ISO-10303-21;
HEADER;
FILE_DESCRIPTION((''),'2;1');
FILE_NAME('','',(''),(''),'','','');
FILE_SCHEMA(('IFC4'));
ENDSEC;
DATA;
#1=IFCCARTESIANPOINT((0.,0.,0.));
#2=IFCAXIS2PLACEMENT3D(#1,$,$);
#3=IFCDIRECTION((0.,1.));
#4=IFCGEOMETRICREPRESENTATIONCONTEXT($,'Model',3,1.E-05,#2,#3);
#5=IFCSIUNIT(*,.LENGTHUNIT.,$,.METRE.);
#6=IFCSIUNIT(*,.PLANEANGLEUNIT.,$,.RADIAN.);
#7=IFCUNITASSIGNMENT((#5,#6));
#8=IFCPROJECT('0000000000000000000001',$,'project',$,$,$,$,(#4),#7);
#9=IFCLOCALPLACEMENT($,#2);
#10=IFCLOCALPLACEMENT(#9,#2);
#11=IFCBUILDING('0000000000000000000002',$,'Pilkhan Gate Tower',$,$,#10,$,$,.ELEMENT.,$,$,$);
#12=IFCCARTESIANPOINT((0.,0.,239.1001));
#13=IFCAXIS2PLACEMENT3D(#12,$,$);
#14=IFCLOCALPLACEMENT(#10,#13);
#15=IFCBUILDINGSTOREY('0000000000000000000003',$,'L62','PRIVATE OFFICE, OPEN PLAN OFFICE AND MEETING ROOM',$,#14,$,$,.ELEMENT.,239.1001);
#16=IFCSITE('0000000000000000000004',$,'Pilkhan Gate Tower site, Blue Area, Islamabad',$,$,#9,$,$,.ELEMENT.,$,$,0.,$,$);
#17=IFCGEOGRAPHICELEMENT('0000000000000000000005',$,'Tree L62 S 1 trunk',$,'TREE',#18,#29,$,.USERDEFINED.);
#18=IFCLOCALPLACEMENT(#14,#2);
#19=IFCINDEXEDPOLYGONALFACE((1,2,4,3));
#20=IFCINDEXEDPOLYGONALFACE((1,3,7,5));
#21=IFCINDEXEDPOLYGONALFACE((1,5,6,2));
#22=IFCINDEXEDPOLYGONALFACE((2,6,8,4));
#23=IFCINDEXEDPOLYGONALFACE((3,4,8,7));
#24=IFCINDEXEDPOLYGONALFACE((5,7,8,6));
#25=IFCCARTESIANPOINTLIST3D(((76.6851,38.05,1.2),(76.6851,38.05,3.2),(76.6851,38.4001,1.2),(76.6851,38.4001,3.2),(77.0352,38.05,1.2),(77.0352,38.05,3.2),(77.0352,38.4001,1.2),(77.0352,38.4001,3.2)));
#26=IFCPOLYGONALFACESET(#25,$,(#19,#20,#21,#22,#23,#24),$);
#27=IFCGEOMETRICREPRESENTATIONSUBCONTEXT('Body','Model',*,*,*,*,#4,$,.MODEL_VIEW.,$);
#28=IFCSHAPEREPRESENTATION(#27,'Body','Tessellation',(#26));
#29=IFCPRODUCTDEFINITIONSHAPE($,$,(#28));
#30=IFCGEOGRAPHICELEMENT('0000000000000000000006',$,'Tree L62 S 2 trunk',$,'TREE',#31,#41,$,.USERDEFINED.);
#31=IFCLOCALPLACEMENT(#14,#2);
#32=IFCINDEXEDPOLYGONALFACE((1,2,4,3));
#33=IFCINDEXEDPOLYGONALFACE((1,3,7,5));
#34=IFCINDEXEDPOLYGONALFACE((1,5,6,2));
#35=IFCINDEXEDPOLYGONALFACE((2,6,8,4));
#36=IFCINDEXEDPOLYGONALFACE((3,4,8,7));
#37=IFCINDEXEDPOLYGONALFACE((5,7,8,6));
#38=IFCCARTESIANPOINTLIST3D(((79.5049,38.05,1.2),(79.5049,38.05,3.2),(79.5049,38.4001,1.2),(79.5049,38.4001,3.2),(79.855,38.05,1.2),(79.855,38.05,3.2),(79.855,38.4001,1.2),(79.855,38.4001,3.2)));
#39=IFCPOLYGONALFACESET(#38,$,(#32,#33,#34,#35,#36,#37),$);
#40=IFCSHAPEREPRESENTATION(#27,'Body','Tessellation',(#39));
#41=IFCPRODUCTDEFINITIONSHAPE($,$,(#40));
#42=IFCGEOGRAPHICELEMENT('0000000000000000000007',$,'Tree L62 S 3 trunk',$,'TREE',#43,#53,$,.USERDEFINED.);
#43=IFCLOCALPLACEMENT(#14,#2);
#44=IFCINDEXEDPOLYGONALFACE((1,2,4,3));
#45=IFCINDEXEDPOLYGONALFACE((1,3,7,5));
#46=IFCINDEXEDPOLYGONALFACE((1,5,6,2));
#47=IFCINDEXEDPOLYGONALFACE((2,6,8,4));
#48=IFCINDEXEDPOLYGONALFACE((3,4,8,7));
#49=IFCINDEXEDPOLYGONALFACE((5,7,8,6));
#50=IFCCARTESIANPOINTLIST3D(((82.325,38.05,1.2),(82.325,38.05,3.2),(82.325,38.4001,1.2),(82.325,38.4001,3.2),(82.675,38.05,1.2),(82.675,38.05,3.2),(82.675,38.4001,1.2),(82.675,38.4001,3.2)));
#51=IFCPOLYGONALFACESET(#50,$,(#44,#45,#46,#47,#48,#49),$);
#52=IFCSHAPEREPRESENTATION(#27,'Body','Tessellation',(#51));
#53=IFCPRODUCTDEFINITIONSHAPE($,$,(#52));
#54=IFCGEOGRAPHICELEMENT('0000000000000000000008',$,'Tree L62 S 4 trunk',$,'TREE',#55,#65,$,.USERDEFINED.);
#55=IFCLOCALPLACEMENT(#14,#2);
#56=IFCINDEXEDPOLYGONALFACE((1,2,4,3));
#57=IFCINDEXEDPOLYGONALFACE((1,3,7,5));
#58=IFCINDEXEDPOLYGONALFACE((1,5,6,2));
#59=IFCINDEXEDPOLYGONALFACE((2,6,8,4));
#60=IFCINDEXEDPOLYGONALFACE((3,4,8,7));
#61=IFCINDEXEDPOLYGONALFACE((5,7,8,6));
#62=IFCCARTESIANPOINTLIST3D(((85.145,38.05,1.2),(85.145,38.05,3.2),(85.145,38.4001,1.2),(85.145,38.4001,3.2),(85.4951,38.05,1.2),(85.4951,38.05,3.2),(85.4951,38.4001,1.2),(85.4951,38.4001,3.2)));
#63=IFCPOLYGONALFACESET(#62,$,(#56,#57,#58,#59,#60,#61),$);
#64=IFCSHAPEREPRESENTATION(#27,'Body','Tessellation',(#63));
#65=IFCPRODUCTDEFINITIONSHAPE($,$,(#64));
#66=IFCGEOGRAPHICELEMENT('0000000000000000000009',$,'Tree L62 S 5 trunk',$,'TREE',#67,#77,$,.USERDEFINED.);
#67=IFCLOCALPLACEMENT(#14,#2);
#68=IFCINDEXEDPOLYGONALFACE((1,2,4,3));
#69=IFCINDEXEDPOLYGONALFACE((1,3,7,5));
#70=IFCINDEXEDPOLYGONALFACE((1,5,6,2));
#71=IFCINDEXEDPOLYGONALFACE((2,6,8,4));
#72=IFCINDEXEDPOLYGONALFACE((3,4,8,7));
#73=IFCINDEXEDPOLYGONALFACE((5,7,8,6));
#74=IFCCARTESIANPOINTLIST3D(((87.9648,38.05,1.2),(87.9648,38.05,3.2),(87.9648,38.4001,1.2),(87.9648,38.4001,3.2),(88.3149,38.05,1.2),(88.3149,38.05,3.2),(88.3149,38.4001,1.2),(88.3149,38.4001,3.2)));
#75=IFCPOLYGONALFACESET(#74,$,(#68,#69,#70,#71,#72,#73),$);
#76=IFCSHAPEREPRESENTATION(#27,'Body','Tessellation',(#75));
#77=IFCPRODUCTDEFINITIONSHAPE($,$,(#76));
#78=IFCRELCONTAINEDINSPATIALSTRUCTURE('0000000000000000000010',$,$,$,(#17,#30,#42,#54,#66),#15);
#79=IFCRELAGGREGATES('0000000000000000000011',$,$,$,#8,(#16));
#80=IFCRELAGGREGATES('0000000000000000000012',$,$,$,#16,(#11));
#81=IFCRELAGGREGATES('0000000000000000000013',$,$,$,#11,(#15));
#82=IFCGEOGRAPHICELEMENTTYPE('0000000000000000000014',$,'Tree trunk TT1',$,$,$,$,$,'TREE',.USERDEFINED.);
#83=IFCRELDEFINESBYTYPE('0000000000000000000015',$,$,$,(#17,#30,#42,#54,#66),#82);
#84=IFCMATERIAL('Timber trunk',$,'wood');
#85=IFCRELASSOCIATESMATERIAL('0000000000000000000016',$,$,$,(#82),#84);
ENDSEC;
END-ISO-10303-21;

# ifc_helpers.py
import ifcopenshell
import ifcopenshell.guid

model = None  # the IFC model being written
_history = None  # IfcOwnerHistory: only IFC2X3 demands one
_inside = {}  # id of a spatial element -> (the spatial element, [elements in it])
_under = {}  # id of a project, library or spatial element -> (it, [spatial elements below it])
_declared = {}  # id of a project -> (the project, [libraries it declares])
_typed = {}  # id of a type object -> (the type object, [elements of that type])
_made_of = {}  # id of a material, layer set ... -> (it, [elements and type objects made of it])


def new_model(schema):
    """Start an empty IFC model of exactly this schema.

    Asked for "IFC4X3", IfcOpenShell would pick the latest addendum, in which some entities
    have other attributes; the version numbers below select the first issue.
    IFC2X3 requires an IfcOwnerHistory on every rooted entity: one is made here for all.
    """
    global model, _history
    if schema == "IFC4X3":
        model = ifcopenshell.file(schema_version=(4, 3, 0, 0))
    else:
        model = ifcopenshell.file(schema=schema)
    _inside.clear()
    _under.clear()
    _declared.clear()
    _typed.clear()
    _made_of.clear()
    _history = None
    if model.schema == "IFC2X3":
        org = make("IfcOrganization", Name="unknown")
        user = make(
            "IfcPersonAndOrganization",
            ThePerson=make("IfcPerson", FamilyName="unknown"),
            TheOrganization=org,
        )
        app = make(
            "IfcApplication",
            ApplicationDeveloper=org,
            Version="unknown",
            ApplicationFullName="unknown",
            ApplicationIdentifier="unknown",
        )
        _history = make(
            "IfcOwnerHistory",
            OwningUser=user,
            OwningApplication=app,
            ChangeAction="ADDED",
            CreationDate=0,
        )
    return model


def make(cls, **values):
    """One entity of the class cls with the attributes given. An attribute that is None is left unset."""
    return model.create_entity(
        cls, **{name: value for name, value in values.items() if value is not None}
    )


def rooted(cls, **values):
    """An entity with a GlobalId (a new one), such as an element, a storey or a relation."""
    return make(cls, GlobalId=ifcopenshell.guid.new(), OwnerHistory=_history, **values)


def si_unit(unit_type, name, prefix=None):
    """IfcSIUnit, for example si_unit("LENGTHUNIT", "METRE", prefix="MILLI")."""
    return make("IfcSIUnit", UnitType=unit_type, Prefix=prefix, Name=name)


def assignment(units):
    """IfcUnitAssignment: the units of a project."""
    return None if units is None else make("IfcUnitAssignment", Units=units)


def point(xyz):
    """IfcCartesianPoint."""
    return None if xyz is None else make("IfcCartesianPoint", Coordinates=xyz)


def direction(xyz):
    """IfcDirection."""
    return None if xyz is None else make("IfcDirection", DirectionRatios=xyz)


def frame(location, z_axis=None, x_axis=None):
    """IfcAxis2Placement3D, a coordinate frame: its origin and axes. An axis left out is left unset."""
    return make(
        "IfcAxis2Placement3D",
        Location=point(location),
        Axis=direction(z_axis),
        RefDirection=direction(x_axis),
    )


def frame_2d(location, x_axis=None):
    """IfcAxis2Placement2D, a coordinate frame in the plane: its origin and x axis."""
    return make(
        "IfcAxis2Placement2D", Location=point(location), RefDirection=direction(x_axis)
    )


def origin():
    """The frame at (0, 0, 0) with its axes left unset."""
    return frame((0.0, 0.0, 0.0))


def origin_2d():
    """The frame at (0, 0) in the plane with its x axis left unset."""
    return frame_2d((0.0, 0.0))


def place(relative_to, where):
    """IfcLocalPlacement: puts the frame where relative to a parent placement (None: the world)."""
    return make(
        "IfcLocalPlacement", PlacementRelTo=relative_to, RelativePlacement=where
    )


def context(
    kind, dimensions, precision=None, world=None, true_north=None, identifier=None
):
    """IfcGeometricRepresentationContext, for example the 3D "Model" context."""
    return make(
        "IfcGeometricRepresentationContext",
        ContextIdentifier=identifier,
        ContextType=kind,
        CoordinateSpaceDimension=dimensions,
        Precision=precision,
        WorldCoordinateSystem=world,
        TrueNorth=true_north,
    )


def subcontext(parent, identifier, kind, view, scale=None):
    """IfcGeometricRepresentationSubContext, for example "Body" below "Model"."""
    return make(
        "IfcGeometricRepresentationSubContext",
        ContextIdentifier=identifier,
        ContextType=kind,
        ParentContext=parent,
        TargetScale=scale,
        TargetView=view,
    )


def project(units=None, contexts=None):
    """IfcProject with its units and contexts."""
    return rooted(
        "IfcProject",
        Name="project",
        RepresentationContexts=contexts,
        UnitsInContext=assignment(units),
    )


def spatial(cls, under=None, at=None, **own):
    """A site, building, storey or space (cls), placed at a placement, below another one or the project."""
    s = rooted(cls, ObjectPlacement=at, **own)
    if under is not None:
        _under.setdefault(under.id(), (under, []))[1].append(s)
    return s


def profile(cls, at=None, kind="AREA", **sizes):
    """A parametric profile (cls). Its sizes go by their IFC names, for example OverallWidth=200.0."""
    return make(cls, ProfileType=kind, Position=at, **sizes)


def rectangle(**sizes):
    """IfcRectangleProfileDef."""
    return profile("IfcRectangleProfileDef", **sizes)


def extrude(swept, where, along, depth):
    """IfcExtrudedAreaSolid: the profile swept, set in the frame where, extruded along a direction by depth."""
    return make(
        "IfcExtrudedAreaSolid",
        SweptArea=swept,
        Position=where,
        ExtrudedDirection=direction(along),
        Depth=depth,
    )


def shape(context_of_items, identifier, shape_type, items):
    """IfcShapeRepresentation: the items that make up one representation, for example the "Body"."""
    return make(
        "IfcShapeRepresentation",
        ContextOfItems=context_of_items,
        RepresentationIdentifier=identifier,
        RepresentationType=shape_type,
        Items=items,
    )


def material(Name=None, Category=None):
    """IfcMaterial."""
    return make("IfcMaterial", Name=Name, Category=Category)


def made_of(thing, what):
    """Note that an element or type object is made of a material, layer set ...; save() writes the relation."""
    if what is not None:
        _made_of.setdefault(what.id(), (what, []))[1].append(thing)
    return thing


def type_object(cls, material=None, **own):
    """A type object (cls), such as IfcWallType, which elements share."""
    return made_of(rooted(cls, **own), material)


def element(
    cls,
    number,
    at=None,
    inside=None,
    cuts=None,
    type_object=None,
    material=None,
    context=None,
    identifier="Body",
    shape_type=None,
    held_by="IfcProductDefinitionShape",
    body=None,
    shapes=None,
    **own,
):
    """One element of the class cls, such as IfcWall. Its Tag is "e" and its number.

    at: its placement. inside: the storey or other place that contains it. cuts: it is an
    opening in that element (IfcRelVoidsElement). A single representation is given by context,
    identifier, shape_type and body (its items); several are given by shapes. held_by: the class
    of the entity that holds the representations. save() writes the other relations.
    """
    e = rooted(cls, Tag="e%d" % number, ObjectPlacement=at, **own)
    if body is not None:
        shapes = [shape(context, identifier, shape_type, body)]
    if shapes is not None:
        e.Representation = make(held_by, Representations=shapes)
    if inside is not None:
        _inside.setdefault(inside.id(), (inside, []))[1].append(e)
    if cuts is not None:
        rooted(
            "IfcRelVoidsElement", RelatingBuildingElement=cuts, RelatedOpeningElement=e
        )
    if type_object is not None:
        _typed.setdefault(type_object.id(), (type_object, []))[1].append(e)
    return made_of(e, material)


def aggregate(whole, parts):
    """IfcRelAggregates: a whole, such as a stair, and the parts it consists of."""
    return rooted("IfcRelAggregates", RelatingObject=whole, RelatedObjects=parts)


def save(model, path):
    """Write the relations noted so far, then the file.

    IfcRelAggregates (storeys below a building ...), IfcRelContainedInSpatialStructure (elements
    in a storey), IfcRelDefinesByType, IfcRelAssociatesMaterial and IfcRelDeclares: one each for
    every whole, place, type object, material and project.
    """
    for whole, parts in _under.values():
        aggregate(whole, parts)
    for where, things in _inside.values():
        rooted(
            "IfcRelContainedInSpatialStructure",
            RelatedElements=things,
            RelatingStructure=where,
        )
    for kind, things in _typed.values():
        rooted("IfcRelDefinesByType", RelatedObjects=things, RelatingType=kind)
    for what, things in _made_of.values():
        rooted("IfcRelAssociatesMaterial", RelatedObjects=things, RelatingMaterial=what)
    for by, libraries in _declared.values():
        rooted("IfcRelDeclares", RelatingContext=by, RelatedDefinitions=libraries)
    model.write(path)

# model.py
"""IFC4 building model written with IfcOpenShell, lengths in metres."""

from ifc_helpers import new_model, si_unit, direction, frame, origin, origin_2d, place, context, subcontext, project, spatial, rectangle, extrude, material, type_object, element, save


model = new_model("IFC4")

# Units and contexts
model_context = context("Model", 3, precision=1e-05, world=origin(), true_north=direction((0.0, 1.0)))
body_context = subcontext(model_context, "Body", "Model", "MODEL_VIEW")
ifc_project = project(units=[si_unit("LENGTHUNIT", "METRE"), si_unit("PLANEANGLEUNIT", "RADIAN")], contexts=[model_context])

# Site, building, storey
site_placement = place(None, origin())
site = spatial("IfcSite", under=ifc_project, at=site_placement, Name="Pilkhan Gate Tower site, Blue Area, Islamabad", CompositionType="ELEMENT", RefElevation=0.0)
building_placement = place(site_placement, origin())
building = spatial("IfcBuilding", under=site, at=building_placement, Name="Pilkhan Gate Tower", CompositionType="ELEMENT")
storey_placement = place(building_placement, frame((0.0, 0.0, 239.1001)))
storey = spatial("IfcBuildingStorey", under=building, at=storey_placement, Name="L62", Description="PRIVATE OFFICE, OPEN PLAN OFFICE AND MEETING ROOM", CompositionType="ELEMENT", Elevation=239.1001)

# Geographic elements
ifc_material_1 = material(Name="Timber trunk", Category="wood")
geographic_element_type_1 = type_object("IfcGeographicElementType", Name="Tree trunk TT1", ElementType="TREE", PredefinedType="USERDEFINED", material=ifc_material_1)
for number, where, z_axis, x_axis, name in (
    (1, (76.8601, 38.2251, 1.2), (0.0, 0.0, 1.0), (1.0, 0.0, 0.0), "Tree L62 S 1 trunk"),
    (2, (79.6799, 38.2251, 1.2), (0.0, 0.0, 1.0), (1.0, 0.0, 0.0), "Tree L62 S 2 trunk"),
    (3, (82.5, 38.2251, 1.2), (0.0, 0.0, 1.0), (1.0, 0.0, 0.0), "Tree L62 S 3 trunk"),
    (4, (85.3201, 38.2251, 1.2), (0.0, 0.0, 1.0), (1.0, 0.0, 0.0), "Tree L62 S 4 trunk"),
    (5, (88.1399, 38.2251, 1.2), (0.0, 0.0, 1.0), (1.0, 0.0, 0.0), "Tree L62 S 5 trunk"),
):
    element("IfcGeographicElement", number, at=place(storey_placement, frame(where, z_axis=z_axis, x_axis=x_axis)), inside=storey, type_object=geographic_element_type_1, Name=name, ObjectType="TREE", PredefinedType="USERDEFINED", context=body_context, shape_type="SweptSolid", body=[
        extrude(rectangle(XDim=0.3501, YDim=0.3501, at=origin_2d()), origin(), (0.0, 0.0, 1.0), 2.0),
    ])

save(model, "model.ifc")
